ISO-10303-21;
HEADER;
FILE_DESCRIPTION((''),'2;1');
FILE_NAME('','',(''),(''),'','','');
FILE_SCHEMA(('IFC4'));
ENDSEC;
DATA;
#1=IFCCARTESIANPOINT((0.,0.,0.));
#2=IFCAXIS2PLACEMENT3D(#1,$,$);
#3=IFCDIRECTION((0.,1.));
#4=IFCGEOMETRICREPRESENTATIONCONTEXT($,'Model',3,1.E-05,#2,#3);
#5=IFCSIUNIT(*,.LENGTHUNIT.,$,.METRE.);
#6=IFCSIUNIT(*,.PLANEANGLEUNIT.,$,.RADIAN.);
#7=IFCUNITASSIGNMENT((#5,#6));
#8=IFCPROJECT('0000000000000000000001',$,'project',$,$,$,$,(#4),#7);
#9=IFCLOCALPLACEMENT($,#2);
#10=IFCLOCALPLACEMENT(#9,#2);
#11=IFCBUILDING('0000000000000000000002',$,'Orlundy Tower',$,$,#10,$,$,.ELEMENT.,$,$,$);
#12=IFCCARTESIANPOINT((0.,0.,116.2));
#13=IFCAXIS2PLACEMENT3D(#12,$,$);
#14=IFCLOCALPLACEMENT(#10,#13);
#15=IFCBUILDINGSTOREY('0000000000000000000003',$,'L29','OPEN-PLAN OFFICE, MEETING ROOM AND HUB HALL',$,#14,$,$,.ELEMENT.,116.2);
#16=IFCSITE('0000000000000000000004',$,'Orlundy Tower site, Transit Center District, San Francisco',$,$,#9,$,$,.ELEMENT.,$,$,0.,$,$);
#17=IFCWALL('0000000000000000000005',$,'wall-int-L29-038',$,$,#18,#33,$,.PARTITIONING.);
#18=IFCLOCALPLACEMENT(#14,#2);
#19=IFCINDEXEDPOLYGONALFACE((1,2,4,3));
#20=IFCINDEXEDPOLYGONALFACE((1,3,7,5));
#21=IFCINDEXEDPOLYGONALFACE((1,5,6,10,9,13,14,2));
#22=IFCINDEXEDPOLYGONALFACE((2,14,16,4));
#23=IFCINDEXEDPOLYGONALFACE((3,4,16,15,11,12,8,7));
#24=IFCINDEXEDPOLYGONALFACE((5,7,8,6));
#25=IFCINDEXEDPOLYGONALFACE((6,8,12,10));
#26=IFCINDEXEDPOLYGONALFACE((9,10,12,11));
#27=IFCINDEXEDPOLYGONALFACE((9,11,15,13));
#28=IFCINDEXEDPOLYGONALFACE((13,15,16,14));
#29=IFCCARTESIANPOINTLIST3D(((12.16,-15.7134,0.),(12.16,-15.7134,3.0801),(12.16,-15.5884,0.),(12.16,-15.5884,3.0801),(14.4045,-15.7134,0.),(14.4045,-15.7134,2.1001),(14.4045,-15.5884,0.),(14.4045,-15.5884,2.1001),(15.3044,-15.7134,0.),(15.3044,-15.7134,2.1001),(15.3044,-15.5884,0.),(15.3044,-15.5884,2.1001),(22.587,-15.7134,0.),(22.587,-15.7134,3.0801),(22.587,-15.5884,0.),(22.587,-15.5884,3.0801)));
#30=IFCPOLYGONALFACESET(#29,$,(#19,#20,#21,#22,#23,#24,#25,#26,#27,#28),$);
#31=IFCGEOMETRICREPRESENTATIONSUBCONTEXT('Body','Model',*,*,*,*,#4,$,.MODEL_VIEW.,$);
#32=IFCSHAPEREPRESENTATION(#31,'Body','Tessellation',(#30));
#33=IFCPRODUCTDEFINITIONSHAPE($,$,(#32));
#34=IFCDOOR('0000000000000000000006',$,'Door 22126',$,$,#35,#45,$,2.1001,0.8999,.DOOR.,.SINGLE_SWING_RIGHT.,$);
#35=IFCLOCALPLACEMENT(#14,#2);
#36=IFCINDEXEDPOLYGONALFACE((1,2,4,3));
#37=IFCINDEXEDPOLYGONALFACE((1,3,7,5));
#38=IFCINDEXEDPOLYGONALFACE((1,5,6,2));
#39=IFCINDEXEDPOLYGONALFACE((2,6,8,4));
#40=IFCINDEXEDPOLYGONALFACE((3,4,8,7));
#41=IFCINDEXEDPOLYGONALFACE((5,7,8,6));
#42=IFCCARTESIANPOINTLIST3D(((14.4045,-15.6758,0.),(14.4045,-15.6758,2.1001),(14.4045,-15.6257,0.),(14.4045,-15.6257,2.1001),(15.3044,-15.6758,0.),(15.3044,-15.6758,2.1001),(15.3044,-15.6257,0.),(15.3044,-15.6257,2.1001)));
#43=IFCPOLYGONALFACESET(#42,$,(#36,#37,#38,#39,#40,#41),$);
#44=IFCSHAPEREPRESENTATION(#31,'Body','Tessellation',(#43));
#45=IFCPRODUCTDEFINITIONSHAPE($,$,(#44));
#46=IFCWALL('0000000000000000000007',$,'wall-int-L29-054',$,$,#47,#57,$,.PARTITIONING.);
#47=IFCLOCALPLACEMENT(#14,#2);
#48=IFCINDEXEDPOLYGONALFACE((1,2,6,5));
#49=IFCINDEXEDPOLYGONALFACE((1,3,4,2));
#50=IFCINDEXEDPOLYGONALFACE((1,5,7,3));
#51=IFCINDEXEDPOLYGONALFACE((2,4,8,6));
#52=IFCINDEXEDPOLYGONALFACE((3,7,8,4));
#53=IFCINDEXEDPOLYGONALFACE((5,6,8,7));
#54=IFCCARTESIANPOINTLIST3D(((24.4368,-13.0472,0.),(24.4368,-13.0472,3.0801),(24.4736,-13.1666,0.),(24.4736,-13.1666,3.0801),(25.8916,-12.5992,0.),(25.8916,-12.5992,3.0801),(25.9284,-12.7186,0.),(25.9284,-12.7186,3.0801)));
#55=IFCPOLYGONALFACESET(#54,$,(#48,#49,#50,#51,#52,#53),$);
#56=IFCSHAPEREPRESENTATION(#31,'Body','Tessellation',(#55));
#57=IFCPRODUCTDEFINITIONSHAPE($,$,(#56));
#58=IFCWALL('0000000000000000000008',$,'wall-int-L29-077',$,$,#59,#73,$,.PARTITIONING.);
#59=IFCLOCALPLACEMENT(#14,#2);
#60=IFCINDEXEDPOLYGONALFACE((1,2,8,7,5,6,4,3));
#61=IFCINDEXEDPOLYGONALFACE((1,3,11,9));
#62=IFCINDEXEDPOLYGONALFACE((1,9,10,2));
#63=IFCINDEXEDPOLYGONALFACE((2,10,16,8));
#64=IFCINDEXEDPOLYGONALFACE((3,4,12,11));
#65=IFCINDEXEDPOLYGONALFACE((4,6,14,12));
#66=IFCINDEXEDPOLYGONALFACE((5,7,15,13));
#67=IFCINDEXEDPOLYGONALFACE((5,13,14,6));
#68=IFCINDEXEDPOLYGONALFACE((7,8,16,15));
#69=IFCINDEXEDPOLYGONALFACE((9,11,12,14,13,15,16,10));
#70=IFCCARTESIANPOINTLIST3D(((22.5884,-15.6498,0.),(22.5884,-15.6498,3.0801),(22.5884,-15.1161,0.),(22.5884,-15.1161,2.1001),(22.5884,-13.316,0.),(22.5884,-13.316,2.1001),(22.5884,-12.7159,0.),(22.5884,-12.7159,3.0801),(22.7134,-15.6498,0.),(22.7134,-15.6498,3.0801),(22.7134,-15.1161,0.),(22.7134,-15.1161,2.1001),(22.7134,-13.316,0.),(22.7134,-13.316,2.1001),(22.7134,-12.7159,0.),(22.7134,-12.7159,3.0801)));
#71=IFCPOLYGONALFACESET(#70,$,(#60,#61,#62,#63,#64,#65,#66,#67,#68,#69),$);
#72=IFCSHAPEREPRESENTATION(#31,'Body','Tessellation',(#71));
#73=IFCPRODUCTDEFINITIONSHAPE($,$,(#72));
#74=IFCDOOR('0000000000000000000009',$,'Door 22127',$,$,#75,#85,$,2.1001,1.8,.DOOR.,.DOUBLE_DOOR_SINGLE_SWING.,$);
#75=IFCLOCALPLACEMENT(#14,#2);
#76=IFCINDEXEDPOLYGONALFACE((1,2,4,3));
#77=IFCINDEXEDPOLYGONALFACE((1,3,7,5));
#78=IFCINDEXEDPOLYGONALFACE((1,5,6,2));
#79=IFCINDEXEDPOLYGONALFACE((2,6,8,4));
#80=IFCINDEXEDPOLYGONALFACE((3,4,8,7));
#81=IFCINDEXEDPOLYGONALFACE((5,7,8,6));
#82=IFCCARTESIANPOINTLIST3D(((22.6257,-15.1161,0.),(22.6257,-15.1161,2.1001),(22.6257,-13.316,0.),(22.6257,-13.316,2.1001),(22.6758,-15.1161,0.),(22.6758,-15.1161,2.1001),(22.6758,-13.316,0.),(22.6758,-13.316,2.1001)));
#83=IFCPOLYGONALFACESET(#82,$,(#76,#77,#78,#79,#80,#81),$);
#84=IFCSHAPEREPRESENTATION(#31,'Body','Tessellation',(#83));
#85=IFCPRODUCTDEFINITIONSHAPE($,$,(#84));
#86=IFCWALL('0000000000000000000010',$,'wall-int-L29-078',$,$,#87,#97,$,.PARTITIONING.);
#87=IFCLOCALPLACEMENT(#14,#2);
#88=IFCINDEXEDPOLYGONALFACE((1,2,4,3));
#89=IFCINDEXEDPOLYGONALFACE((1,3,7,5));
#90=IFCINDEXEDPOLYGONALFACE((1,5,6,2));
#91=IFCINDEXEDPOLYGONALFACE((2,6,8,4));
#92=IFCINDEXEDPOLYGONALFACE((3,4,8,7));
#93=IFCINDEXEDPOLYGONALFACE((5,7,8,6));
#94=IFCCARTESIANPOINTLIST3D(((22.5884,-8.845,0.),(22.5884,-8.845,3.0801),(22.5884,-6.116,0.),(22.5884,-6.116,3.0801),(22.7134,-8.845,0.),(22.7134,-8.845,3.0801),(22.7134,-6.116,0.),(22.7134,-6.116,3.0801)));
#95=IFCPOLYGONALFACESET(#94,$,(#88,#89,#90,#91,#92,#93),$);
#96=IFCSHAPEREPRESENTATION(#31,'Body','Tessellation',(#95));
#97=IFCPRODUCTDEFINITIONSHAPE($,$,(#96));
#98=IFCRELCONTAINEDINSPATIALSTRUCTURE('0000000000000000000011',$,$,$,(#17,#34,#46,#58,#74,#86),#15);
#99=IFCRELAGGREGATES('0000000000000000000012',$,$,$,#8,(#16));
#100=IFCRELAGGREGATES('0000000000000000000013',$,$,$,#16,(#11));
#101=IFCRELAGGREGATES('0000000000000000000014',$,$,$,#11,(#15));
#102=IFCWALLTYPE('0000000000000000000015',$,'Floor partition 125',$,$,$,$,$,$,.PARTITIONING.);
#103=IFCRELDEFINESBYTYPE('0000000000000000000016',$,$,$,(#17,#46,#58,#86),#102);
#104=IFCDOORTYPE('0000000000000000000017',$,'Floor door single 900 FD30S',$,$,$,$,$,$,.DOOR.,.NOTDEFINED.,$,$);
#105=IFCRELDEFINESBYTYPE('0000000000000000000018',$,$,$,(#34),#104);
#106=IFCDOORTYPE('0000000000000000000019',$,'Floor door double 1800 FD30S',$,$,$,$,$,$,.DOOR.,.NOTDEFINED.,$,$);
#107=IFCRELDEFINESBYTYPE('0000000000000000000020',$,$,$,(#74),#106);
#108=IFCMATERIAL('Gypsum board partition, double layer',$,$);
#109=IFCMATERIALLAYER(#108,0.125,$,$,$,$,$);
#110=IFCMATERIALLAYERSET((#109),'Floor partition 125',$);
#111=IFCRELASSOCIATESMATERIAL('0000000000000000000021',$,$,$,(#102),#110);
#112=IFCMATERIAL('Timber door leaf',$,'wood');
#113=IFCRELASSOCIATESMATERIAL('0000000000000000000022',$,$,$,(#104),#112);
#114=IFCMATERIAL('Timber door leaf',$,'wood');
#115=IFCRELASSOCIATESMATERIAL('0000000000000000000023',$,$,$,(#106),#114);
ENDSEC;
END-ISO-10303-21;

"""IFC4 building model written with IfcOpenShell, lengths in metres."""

from ifc_helpers import new_model, si_unit, direction, frame, frame_2d, origin, place, context, subcontext, project, spatial, rectangle, extrude, material, layer, layer_set, type_object, element, fill, save


model = new_model("IFC4")

# Units and contexts
model_context = context("Model", 3, precision=1e-05, world=origin(), true_north=direction((0.0, 1.0)))
body_context = subcontext(model_context, "Body", "Model", "MODEL_VIEW")
ifc_project = project(units=[si_unit("LENGTHUNIT", "METRE"), si_unit("PLANEANGLEUNIT", "RADIAN")], contexts=[model_context])

# Site, building, storey
site_placement = place(None, origin())
site = spatial("IfcSite", under=ifc_project, at=site_placement, Name="Orlundy Tower site, Transit Center District, San Francisco", CompositionType="ELEMENT", RefElevation=0.0)
building_placement = place(site_placement, origin())
building = spatial("IfcBuilding", under=site, at=building_placement, Name="Orlundy Tower", CompositionType="ELEMENT")
storey_placement = place(building_placement, frame((0.0, 0.0, 116.2)))
storey = spatial("IfcBuildingStorey", under=building, at=storey_placement, Name="L29", Description="OPEN-PLAN OFFICE, MEETING ROOM AND HUB HALL", CompositionType="ELEMENT", Elevation=116.2)

# Shared definitions
ifc_material_1 = material(Name="Gypsum board partition, double layer")
ifc_layer_1 = layer(ifc_material_1, 0.125)
ifc_layer_set_1 = layer_set([ifc_layer_1], Name="Floor partition 125")
wall_type_1 = type_object("IfcWallType", Name="Floor partition 125", PredefinedType="PARTITIONING", material=ifc_layer_set_1)

# Wall, opening, door
ifc_material_2 = material(Name="Timber door leaf", Category="wood")
door_type_1 = type_object("IfcDoorType", Name="Floor door single 900 FD30S", OperationType="NOTDEFINED", PredefinedType="DOOR", material=ifc_material_2)
wall_1_placement = place(storey_placement, frame((22.5869, -15.6509, 0.0), z_axis=(0.0, 0.0, 1.0), x_axis=(-1.0, 0.0, 0.0)))
wall_1 = element("IfcWall", 1, at=wall_1_placement, inside=storey, type_object=wall_type_1, Name="wall-int-L29-038", PredefinedType="PARTITIONING", context=body_context, shape_type="SweptSolid", body=[
    extrude(rectangle(XDim=10.427, YDim=0.125, at=frame_2d((5.2134, 0.0))), origin(), (0.0, 0.0, 1.0), 3.0801),
])
opening_1_placement = place(wall_1_placement, frame((7.2825, 0.0, 0.0)))
opening_1 = element("IfcOpeningElement", 2, at=opening_1_placement, cuts=wall_1, PredefinedType="OPENING", context=body_context, shape_type="SweptSolid", body=[
    extrude(rectangle(XDim=0.8999, YDim=2.1001, at=frame_2d((0.45, 1.05))), frame((0.0, 0.0725, 0.0), z_axis=(0.0, -1.0, 0.0), x_axis=(1.0, 0.0, 0.0)), (0.0, 0.0, 1.0), 0.145),
])
door_1_placement = place(opening_1_placement, origin())
door_1 = element("IfcDoor", 3, at=door_1_placement, inside=storey, type_object=door_type_1, Name="Door 22126", OperationType="SINGLE_SWING_RIGHT", OverallHeight=2.1001, OverallWidth=0.8999, PredefinedType="DOOR", context=body_context, shape_type="SweptSolid", body=[
    extrude(rectangle(XDim=0.8999, YDim=2.1001, at=frame_2d((0.45, 1.05))), frame((0.0, 0.0249, 0.0), z_axis=(0.0, -1.0, 0.0), x_axis=(1.0, 0.0, 0.0)), (0.0, 0.0, 1.0), 0.05),
])
fill(opening_1, door_1)

# Wall
wall_2_placement = place(storey_placement, frame((24.4551, -13.1069, 0.0), z_axis=(0.0, 0.0, 1.0), x_axis=(0.955713, 0.2943, 0.0)))
element("IfcWall", 4, at=wall_2_placement, inside=storey, type_object=wall_type_1, Name="wall-int-L29-054", PredefinedType="PARTITIONING", context=body_context, shape_type="SweptSolid", body=[
    extrude(rectangle(XDim=1.5222, YDim=0.125, at=frame_2d((0.7612, 0.0))), origin(), (0.0, 0.0, 1.0), 3.0801),
])

# Wall, opening, door
wall_3_placement = place(storey_placement, frame((22.6509, -12.7161, 0.0), z_axis=(0.0, 0.0, 1.0), x_axis=(0.0, -1.0, 0.0)))
wall_3 = element("IfcWall", 5, at=wall_3_placement, inside=storey, type_object=wall_type_1, Name="wall-int-L29-077", PredefinedType="PARTITIONING", context=body_context, shape_type="SweptSolid", body=[
    extrude(rectangle(XDim=2.9338, YDim=0.125, at=frame_2d((1.4668, 0.0))), origin(), (0.0, 0.0, 1.0), 3.0801),
])
opening_2_placement = place(wall_3_placement, frame((0.6001, 0.0, 0.0)))
opening_2 = element("IfcOpeningElement", 6, at=opening_2_placement, cuts=wall_3, PredefinedType="OPENING", context=body_context, shape_type="SweptSolid", body=[
    extrude(rectangle(XDim=1.8, YDim=2.1001, at=frame_2d((0.8999, 1.05))), frame((0.0, 0.0725, 0.0), z_axis=(0.0, -1.0, 0.0), x_axis=(1.0, 0.0, 0.0)), (0.0, 0.0, 1.0), 0.145),
])
ifc_material_3 = material(Name="Timber door leaf", Category="wood")
door_type_2 = type_object("IfcDoorType", Name="Floor door double 1800 FD30S", OperationType="NOTDEFINED", PredefinedType="DOOR", material=ifc_material_3)
door_2_placement = place(opening_2_placement, origin())
door_2 = element("IfcDoor", 7, at=door_2_placement, inside=storey, type_object=door_type_2, Name="Door 22127", OperationType="DOUBLE_DOOR_SINGLE_SWING", OverallHeight=2.1001, OverallWidth=1.8, PredefinedType="DOOR", context=body_context, shape_type="SweptSolid", body=[
    extrude(rectangle(XDim=1.8, YDim=2.1001, at=frame_2d((0.8999, 1.05))), frame((0.0, 0.0249, 0.0), z_axis=(0.0, -1.0, 0.0), x_axis=(1.0, 0.0, 0.0)), (0.0, 0.0, 1.0), 0.05),
])
fill(opening_2, door_2)

# Wall
wall_4_placement = place(storey_placement, frame((22.6509, -8.845, 0.0), z_axis=(0.0, 0.0, 1.0), x_axis=(0.0, 1.0, 0.0)))
element("IfcWall", 8, at=wall_4_placement, inside=storey, type_object=wall_type_1, Name="wall-int-L29-078", PredefinedType="PARTITIONING", context=body_context, shape_type="SweptSolid", body=[
    extrude(rectangle(XDim=2.729, YDim=0.125, at=frame_2d((1.3645, 0.0))), origin(), (0.0, 0.0, 1.0), 3.0801),
])

save(model, "model.ifc")
